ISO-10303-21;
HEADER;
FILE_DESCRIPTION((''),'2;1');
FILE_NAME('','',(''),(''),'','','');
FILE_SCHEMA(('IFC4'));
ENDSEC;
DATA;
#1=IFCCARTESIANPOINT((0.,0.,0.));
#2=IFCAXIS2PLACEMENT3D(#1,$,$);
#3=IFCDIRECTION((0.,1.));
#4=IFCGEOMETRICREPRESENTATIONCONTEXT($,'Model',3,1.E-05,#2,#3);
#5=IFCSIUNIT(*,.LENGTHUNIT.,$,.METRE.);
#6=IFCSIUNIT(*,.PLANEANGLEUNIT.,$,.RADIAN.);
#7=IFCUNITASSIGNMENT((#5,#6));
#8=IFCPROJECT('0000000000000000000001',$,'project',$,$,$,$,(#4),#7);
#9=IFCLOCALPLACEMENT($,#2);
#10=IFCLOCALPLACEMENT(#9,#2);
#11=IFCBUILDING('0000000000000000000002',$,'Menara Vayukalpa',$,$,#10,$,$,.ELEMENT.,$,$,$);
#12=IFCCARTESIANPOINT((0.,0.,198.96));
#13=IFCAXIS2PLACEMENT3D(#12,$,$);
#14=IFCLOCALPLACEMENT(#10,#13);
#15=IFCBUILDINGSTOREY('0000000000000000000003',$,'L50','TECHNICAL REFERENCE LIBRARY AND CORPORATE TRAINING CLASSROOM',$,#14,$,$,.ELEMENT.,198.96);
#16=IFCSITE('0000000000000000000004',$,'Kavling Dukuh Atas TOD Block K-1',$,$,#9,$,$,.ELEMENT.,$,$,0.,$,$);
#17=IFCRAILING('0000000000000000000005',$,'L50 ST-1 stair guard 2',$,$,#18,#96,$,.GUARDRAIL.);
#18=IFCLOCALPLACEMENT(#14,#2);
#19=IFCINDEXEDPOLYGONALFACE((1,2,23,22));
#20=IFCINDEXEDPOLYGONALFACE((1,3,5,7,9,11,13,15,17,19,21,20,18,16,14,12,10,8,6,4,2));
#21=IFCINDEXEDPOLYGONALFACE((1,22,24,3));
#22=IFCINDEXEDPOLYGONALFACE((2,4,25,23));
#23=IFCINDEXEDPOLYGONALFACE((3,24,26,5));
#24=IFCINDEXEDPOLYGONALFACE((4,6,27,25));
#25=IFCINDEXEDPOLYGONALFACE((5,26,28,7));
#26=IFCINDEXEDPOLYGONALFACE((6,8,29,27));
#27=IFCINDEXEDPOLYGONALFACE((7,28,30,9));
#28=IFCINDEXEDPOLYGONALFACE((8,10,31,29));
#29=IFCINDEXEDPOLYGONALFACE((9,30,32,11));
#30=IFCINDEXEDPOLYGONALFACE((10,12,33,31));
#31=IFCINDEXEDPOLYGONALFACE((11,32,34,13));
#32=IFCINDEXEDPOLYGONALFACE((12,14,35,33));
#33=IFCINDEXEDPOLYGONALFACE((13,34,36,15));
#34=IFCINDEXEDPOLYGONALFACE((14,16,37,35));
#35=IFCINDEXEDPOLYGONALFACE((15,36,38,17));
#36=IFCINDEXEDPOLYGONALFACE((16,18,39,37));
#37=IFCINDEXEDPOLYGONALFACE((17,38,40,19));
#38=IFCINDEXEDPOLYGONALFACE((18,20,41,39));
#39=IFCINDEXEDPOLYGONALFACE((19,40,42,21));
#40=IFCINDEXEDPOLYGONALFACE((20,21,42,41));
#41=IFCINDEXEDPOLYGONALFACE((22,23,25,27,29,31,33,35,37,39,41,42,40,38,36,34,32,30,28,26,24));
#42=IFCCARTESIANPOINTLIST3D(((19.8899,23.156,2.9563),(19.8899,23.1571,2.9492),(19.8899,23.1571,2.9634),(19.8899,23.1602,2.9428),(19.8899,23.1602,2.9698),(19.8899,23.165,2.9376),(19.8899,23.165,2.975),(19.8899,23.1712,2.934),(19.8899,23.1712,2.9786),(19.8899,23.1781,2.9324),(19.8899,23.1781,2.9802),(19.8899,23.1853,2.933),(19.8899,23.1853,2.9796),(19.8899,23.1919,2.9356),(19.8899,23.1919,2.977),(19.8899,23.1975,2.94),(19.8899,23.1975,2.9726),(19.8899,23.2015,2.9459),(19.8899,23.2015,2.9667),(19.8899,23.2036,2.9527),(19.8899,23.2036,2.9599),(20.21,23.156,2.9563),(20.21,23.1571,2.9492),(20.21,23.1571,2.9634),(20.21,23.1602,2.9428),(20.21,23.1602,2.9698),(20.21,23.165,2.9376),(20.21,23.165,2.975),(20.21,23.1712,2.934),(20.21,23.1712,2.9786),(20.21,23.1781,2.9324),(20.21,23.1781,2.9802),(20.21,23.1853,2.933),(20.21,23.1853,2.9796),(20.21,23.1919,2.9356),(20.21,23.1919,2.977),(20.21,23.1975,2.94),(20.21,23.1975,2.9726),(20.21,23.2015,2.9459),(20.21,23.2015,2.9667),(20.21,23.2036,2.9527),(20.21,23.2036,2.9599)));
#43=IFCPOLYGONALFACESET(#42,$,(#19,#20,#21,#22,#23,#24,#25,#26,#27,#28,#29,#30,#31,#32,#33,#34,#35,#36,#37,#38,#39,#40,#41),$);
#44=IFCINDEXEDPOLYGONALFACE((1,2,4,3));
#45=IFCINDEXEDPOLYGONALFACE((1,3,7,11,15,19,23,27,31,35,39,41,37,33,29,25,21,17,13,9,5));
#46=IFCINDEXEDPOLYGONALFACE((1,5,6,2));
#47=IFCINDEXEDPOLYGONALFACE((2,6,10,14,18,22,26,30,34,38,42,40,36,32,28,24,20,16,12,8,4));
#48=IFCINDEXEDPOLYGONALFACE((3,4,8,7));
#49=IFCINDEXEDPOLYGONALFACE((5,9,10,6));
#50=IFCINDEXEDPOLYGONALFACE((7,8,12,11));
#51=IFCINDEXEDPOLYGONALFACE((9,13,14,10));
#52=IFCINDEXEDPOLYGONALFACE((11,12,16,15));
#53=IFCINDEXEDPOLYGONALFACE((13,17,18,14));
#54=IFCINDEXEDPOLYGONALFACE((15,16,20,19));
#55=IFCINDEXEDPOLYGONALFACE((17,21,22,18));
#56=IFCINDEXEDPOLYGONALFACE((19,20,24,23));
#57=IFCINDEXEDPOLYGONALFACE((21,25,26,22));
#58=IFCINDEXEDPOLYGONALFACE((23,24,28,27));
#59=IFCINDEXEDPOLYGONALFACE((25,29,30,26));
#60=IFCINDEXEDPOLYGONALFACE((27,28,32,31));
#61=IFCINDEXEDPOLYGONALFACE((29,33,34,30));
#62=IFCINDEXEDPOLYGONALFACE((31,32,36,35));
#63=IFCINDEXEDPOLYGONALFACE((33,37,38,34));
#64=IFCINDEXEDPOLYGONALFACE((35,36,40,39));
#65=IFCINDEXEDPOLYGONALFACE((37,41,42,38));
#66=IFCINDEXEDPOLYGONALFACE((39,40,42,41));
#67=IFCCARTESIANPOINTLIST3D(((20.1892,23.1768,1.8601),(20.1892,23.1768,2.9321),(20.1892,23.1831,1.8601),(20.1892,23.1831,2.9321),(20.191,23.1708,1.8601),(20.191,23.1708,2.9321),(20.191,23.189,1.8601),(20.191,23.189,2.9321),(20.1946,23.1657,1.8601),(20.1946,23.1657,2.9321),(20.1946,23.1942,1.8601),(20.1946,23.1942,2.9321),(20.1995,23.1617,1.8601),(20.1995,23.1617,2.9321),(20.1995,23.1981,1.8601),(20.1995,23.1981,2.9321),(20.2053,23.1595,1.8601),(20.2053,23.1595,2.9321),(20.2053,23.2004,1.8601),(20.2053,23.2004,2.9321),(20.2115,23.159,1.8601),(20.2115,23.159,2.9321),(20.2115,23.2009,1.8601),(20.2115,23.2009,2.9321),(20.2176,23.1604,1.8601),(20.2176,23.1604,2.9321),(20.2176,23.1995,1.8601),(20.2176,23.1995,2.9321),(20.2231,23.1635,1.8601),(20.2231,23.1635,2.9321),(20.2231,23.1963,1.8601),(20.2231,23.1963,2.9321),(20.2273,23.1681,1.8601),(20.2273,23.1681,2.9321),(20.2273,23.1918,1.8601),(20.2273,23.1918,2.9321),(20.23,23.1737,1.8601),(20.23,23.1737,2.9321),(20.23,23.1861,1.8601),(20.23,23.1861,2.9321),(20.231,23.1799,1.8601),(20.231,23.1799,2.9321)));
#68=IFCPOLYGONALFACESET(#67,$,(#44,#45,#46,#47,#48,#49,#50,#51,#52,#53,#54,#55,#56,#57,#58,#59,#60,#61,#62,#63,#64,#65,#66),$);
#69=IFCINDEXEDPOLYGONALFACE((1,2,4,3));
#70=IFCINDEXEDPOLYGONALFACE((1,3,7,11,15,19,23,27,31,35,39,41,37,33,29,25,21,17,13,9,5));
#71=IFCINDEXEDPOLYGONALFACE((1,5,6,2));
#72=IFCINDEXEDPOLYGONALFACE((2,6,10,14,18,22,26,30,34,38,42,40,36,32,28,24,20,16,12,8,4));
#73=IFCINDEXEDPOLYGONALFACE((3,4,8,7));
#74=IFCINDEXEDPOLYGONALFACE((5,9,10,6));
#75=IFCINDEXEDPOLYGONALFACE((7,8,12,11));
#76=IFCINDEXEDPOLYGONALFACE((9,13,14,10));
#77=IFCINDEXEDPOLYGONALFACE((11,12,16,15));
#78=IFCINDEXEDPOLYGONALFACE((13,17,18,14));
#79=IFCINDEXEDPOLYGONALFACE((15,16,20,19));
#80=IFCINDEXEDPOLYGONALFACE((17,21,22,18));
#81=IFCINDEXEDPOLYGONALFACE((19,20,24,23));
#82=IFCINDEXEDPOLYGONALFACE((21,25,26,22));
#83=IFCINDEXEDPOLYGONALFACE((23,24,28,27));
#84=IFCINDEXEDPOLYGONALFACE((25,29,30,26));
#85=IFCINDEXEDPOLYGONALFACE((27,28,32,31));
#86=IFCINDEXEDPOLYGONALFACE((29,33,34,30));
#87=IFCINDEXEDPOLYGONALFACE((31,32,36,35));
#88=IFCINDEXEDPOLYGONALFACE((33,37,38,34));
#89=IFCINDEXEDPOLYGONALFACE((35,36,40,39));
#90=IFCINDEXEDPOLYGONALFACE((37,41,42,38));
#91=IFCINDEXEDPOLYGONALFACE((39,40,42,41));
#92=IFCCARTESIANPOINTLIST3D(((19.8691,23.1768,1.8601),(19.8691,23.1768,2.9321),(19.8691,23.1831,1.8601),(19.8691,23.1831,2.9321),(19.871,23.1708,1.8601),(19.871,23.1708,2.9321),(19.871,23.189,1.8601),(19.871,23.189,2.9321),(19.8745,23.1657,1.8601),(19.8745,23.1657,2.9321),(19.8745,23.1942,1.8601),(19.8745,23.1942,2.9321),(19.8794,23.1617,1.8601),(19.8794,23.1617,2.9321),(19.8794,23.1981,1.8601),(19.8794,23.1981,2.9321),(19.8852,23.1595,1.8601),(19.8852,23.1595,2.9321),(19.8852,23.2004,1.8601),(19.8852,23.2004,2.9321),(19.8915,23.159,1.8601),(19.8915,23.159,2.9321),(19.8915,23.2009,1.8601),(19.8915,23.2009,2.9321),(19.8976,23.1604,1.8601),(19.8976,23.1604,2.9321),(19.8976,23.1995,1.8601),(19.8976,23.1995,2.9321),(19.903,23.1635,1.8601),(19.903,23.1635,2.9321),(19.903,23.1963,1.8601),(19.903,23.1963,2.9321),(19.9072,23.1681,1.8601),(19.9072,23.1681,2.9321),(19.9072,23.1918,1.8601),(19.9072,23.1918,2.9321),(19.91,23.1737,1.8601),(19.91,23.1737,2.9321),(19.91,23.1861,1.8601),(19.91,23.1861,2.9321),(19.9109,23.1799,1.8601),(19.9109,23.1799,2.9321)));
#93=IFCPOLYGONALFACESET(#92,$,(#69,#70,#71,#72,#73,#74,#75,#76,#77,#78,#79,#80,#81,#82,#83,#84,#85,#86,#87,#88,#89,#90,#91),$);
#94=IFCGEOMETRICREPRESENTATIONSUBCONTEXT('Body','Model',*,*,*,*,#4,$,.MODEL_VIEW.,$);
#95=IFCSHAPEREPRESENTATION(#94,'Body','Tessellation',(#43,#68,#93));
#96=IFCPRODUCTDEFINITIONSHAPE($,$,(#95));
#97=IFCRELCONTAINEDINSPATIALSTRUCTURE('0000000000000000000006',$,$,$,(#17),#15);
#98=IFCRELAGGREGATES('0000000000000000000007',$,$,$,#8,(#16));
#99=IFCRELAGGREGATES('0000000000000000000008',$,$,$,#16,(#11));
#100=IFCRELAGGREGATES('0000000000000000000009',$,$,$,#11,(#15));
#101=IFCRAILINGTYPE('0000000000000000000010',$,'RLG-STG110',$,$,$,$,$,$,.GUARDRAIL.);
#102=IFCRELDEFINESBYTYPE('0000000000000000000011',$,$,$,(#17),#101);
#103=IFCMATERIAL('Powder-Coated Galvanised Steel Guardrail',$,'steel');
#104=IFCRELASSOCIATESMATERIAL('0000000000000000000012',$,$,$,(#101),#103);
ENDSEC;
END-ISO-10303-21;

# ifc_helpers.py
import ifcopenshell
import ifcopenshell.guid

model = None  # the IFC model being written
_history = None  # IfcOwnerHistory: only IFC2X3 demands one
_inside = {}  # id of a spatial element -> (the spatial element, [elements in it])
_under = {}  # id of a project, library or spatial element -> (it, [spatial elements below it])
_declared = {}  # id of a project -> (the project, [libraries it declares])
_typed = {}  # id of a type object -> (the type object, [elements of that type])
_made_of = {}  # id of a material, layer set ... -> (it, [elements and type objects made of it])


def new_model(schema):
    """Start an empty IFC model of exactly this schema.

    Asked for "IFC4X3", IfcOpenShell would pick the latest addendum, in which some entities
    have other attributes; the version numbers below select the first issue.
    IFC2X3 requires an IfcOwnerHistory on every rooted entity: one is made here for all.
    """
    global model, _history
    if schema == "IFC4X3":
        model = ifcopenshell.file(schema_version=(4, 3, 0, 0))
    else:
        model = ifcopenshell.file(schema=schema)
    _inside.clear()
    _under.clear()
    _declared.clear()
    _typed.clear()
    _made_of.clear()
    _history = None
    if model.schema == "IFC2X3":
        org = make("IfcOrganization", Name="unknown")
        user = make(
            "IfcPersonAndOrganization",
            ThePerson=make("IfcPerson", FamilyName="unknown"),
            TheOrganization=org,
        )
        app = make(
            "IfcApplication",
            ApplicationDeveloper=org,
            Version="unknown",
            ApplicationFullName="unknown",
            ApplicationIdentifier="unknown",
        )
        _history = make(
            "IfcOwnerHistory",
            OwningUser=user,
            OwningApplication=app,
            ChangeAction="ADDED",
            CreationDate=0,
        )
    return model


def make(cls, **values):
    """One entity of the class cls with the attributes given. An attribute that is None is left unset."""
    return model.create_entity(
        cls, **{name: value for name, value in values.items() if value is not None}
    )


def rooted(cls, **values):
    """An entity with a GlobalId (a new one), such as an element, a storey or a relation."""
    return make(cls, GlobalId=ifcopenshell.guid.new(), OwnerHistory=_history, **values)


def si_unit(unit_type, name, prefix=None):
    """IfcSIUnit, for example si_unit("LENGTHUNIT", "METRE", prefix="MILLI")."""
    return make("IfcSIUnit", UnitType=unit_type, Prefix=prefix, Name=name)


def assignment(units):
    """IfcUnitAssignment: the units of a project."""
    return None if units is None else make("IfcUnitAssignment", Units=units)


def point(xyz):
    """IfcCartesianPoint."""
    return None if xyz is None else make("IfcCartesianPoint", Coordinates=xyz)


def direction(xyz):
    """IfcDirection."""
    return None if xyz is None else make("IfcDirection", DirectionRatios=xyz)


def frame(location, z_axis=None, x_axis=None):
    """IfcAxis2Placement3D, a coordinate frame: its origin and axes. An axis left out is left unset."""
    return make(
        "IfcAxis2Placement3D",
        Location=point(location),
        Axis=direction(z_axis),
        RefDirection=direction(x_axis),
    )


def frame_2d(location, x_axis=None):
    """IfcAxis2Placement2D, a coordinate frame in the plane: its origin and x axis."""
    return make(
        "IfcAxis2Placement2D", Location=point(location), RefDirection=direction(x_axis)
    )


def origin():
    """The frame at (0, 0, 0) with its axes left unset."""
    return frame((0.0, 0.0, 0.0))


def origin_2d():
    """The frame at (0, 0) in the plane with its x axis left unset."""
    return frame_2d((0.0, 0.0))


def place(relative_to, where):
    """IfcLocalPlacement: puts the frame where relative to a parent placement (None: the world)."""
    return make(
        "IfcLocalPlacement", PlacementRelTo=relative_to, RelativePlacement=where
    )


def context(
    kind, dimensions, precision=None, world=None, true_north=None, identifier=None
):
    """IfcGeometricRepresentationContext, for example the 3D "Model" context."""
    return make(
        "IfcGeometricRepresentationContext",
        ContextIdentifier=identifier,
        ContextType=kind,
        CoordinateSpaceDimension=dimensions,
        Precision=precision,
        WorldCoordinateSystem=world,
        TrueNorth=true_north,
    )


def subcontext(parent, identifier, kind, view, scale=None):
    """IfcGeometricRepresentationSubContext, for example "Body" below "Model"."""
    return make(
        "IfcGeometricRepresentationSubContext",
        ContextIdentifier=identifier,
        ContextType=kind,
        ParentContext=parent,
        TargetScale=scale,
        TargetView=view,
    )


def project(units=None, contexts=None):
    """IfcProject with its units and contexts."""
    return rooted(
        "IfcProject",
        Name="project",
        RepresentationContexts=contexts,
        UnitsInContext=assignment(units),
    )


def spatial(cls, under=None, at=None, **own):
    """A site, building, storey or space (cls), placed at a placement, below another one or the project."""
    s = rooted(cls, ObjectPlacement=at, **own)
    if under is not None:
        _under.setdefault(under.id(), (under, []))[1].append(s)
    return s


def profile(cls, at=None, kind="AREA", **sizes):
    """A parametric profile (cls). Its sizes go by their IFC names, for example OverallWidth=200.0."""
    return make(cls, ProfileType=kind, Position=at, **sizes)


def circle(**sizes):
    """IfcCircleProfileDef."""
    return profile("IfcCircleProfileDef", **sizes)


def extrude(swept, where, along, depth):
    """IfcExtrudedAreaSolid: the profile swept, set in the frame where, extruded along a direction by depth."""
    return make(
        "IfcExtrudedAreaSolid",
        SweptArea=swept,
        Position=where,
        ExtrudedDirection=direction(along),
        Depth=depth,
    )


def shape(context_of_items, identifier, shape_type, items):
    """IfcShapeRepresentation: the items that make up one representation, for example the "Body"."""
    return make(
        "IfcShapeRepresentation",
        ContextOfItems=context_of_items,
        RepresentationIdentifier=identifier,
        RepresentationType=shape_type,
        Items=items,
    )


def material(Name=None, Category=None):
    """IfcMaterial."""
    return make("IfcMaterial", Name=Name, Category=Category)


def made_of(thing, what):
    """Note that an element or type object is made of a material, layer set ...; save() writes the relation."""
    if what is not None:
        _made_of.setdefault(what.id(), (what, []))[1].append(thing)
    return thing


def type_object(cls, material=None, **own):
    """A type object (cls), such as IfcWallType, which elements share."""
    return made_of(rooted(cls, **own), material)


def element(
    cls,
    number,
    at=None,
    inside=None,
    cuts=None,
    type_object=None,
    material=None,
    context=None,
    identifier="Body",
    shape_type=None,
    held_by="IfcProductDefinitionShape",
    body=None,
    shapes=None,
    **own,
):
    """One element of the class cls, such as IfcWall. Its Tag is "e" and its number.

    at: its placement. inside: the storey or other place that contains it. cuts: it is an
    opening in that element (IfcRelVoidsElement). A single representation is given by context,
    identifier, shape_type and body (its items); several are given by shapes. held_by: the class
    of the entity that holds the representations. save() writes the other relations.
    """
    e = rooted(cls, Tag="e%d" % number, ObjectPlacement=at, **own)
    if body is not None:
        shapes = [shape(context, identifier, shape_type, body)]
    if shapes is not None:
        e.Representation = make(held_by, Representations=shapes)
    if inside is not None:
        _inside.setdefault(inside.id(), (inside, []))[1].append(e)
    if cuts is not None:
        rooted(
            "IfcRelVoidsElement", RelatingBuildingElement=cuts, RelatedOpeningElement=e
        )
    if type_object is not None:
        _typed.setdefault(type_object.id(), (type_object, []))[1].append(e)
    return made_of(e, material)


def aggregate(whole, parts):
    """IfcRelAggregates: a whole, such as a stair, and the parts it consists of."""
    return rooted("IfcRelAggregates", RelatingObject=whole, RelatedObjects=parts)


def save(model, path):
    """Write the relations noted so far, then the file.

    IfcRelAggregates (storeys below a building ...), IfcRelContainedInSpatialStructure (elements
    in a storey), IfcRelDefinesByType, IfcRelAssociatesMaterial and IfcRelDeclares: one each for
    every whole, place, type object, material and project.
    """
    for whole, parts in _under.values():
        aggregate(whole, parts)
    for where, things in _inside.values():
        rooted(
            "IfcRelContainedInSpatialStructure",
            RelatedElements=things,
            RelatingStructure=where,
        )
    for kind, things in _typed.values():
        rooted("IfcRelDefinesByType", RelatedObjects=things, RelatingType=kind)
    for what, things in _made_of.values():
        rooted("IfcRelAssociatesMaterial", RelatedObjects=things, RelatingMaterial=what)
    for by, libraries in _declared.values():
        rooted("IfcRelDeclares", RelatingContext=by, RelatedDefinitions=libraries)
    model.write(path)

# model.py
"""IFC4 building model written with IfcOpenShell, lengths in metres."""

from ifc_helpers import new_model, si_unit, direction, frame, origin, origin_2d, place, context, subcontext, project, spatial, circle, extrude, material, type_object, element, save


model = new_model("IFC4")

# Units and contexts
model_context = context("Model", 3, precision=1e-05, world=origin(), true_north=direction((0.0, 1.0)))
body_context = subcontext(model_context, "Body", "Model", "MODEL_VIEW")
ifc_project = project(units=[si_unit("LENGTHUNIT", "METRE"), si_unit("PLANEANGLEUNIT", "RADIAN")], contexts=[model_context])

# Site, building, storey
site_placement = place(None, origin())
site = spatial("IfcSite", under=ifc_project, at=site_placement, Name="Kavling Dukuh Atas TOD Block K-1", CompositionType="ELEMENT", RefElevation=0.0)
building_placement = place(site_placement, origin())
building = spatial("IfcBuilding", under=site, at=building_placement, Name="Menara Vayukalpa", CompositionType="ELEMENT")
storey_placement = place(building_placement, frame((0.0, 0.0, 198.96)))
storey = spatial("IfcBuildingStorey", under=building, at=storey_placement, Name="L50", Description="TECHNICAL REFERENCE LIBRARY AND CORPORATE TRAINING CLASSROOM", CompositionType="ELEMENT", Elevation=198.96)

# Railing
ifc_material_1 = material(Name="Powder-Coated Galvanised Steel Guardrail", Category="steel")
railing_type_1 = type_object("IfcRailingType", Name="RLG-STG110", PredefinedType="GUARDRAIL", material=ifc_material_1)
railing_1_placement = place(storey_placement, frame((20.21, 23.1799, 1.8601)))
element("IfcRailing", 1, at=railing_1_placement, inside=storey, type_object=railing_type_1, Name="L50 ST-1 stair guard 2", PredefinedType="GUARDRAIL", context=body_context, shape_type="SweptSolid", body=[
    extrude(circle(Radius=0.0239, at=origin_2d()), frame((0.0, 0.0, 1.0962), z_axis=(-1.0, 0.0, 0.0), x_axis=(0.0, -1.0, 0.0)), (0.0, 0.0, 1.0), 0.3201),
    extrude(circle(Radius=0.021, at=origin_2d()), origin(), (0.0, 0.0, 1.0), 1.072),
    extrude(circle(Radius=0.021, at=origin_2d()), frame((-0.3201, 0.0, 0.0)), (0.0, 0.0, 1.0), 1.072),
])

save(model, "model.ifc")
